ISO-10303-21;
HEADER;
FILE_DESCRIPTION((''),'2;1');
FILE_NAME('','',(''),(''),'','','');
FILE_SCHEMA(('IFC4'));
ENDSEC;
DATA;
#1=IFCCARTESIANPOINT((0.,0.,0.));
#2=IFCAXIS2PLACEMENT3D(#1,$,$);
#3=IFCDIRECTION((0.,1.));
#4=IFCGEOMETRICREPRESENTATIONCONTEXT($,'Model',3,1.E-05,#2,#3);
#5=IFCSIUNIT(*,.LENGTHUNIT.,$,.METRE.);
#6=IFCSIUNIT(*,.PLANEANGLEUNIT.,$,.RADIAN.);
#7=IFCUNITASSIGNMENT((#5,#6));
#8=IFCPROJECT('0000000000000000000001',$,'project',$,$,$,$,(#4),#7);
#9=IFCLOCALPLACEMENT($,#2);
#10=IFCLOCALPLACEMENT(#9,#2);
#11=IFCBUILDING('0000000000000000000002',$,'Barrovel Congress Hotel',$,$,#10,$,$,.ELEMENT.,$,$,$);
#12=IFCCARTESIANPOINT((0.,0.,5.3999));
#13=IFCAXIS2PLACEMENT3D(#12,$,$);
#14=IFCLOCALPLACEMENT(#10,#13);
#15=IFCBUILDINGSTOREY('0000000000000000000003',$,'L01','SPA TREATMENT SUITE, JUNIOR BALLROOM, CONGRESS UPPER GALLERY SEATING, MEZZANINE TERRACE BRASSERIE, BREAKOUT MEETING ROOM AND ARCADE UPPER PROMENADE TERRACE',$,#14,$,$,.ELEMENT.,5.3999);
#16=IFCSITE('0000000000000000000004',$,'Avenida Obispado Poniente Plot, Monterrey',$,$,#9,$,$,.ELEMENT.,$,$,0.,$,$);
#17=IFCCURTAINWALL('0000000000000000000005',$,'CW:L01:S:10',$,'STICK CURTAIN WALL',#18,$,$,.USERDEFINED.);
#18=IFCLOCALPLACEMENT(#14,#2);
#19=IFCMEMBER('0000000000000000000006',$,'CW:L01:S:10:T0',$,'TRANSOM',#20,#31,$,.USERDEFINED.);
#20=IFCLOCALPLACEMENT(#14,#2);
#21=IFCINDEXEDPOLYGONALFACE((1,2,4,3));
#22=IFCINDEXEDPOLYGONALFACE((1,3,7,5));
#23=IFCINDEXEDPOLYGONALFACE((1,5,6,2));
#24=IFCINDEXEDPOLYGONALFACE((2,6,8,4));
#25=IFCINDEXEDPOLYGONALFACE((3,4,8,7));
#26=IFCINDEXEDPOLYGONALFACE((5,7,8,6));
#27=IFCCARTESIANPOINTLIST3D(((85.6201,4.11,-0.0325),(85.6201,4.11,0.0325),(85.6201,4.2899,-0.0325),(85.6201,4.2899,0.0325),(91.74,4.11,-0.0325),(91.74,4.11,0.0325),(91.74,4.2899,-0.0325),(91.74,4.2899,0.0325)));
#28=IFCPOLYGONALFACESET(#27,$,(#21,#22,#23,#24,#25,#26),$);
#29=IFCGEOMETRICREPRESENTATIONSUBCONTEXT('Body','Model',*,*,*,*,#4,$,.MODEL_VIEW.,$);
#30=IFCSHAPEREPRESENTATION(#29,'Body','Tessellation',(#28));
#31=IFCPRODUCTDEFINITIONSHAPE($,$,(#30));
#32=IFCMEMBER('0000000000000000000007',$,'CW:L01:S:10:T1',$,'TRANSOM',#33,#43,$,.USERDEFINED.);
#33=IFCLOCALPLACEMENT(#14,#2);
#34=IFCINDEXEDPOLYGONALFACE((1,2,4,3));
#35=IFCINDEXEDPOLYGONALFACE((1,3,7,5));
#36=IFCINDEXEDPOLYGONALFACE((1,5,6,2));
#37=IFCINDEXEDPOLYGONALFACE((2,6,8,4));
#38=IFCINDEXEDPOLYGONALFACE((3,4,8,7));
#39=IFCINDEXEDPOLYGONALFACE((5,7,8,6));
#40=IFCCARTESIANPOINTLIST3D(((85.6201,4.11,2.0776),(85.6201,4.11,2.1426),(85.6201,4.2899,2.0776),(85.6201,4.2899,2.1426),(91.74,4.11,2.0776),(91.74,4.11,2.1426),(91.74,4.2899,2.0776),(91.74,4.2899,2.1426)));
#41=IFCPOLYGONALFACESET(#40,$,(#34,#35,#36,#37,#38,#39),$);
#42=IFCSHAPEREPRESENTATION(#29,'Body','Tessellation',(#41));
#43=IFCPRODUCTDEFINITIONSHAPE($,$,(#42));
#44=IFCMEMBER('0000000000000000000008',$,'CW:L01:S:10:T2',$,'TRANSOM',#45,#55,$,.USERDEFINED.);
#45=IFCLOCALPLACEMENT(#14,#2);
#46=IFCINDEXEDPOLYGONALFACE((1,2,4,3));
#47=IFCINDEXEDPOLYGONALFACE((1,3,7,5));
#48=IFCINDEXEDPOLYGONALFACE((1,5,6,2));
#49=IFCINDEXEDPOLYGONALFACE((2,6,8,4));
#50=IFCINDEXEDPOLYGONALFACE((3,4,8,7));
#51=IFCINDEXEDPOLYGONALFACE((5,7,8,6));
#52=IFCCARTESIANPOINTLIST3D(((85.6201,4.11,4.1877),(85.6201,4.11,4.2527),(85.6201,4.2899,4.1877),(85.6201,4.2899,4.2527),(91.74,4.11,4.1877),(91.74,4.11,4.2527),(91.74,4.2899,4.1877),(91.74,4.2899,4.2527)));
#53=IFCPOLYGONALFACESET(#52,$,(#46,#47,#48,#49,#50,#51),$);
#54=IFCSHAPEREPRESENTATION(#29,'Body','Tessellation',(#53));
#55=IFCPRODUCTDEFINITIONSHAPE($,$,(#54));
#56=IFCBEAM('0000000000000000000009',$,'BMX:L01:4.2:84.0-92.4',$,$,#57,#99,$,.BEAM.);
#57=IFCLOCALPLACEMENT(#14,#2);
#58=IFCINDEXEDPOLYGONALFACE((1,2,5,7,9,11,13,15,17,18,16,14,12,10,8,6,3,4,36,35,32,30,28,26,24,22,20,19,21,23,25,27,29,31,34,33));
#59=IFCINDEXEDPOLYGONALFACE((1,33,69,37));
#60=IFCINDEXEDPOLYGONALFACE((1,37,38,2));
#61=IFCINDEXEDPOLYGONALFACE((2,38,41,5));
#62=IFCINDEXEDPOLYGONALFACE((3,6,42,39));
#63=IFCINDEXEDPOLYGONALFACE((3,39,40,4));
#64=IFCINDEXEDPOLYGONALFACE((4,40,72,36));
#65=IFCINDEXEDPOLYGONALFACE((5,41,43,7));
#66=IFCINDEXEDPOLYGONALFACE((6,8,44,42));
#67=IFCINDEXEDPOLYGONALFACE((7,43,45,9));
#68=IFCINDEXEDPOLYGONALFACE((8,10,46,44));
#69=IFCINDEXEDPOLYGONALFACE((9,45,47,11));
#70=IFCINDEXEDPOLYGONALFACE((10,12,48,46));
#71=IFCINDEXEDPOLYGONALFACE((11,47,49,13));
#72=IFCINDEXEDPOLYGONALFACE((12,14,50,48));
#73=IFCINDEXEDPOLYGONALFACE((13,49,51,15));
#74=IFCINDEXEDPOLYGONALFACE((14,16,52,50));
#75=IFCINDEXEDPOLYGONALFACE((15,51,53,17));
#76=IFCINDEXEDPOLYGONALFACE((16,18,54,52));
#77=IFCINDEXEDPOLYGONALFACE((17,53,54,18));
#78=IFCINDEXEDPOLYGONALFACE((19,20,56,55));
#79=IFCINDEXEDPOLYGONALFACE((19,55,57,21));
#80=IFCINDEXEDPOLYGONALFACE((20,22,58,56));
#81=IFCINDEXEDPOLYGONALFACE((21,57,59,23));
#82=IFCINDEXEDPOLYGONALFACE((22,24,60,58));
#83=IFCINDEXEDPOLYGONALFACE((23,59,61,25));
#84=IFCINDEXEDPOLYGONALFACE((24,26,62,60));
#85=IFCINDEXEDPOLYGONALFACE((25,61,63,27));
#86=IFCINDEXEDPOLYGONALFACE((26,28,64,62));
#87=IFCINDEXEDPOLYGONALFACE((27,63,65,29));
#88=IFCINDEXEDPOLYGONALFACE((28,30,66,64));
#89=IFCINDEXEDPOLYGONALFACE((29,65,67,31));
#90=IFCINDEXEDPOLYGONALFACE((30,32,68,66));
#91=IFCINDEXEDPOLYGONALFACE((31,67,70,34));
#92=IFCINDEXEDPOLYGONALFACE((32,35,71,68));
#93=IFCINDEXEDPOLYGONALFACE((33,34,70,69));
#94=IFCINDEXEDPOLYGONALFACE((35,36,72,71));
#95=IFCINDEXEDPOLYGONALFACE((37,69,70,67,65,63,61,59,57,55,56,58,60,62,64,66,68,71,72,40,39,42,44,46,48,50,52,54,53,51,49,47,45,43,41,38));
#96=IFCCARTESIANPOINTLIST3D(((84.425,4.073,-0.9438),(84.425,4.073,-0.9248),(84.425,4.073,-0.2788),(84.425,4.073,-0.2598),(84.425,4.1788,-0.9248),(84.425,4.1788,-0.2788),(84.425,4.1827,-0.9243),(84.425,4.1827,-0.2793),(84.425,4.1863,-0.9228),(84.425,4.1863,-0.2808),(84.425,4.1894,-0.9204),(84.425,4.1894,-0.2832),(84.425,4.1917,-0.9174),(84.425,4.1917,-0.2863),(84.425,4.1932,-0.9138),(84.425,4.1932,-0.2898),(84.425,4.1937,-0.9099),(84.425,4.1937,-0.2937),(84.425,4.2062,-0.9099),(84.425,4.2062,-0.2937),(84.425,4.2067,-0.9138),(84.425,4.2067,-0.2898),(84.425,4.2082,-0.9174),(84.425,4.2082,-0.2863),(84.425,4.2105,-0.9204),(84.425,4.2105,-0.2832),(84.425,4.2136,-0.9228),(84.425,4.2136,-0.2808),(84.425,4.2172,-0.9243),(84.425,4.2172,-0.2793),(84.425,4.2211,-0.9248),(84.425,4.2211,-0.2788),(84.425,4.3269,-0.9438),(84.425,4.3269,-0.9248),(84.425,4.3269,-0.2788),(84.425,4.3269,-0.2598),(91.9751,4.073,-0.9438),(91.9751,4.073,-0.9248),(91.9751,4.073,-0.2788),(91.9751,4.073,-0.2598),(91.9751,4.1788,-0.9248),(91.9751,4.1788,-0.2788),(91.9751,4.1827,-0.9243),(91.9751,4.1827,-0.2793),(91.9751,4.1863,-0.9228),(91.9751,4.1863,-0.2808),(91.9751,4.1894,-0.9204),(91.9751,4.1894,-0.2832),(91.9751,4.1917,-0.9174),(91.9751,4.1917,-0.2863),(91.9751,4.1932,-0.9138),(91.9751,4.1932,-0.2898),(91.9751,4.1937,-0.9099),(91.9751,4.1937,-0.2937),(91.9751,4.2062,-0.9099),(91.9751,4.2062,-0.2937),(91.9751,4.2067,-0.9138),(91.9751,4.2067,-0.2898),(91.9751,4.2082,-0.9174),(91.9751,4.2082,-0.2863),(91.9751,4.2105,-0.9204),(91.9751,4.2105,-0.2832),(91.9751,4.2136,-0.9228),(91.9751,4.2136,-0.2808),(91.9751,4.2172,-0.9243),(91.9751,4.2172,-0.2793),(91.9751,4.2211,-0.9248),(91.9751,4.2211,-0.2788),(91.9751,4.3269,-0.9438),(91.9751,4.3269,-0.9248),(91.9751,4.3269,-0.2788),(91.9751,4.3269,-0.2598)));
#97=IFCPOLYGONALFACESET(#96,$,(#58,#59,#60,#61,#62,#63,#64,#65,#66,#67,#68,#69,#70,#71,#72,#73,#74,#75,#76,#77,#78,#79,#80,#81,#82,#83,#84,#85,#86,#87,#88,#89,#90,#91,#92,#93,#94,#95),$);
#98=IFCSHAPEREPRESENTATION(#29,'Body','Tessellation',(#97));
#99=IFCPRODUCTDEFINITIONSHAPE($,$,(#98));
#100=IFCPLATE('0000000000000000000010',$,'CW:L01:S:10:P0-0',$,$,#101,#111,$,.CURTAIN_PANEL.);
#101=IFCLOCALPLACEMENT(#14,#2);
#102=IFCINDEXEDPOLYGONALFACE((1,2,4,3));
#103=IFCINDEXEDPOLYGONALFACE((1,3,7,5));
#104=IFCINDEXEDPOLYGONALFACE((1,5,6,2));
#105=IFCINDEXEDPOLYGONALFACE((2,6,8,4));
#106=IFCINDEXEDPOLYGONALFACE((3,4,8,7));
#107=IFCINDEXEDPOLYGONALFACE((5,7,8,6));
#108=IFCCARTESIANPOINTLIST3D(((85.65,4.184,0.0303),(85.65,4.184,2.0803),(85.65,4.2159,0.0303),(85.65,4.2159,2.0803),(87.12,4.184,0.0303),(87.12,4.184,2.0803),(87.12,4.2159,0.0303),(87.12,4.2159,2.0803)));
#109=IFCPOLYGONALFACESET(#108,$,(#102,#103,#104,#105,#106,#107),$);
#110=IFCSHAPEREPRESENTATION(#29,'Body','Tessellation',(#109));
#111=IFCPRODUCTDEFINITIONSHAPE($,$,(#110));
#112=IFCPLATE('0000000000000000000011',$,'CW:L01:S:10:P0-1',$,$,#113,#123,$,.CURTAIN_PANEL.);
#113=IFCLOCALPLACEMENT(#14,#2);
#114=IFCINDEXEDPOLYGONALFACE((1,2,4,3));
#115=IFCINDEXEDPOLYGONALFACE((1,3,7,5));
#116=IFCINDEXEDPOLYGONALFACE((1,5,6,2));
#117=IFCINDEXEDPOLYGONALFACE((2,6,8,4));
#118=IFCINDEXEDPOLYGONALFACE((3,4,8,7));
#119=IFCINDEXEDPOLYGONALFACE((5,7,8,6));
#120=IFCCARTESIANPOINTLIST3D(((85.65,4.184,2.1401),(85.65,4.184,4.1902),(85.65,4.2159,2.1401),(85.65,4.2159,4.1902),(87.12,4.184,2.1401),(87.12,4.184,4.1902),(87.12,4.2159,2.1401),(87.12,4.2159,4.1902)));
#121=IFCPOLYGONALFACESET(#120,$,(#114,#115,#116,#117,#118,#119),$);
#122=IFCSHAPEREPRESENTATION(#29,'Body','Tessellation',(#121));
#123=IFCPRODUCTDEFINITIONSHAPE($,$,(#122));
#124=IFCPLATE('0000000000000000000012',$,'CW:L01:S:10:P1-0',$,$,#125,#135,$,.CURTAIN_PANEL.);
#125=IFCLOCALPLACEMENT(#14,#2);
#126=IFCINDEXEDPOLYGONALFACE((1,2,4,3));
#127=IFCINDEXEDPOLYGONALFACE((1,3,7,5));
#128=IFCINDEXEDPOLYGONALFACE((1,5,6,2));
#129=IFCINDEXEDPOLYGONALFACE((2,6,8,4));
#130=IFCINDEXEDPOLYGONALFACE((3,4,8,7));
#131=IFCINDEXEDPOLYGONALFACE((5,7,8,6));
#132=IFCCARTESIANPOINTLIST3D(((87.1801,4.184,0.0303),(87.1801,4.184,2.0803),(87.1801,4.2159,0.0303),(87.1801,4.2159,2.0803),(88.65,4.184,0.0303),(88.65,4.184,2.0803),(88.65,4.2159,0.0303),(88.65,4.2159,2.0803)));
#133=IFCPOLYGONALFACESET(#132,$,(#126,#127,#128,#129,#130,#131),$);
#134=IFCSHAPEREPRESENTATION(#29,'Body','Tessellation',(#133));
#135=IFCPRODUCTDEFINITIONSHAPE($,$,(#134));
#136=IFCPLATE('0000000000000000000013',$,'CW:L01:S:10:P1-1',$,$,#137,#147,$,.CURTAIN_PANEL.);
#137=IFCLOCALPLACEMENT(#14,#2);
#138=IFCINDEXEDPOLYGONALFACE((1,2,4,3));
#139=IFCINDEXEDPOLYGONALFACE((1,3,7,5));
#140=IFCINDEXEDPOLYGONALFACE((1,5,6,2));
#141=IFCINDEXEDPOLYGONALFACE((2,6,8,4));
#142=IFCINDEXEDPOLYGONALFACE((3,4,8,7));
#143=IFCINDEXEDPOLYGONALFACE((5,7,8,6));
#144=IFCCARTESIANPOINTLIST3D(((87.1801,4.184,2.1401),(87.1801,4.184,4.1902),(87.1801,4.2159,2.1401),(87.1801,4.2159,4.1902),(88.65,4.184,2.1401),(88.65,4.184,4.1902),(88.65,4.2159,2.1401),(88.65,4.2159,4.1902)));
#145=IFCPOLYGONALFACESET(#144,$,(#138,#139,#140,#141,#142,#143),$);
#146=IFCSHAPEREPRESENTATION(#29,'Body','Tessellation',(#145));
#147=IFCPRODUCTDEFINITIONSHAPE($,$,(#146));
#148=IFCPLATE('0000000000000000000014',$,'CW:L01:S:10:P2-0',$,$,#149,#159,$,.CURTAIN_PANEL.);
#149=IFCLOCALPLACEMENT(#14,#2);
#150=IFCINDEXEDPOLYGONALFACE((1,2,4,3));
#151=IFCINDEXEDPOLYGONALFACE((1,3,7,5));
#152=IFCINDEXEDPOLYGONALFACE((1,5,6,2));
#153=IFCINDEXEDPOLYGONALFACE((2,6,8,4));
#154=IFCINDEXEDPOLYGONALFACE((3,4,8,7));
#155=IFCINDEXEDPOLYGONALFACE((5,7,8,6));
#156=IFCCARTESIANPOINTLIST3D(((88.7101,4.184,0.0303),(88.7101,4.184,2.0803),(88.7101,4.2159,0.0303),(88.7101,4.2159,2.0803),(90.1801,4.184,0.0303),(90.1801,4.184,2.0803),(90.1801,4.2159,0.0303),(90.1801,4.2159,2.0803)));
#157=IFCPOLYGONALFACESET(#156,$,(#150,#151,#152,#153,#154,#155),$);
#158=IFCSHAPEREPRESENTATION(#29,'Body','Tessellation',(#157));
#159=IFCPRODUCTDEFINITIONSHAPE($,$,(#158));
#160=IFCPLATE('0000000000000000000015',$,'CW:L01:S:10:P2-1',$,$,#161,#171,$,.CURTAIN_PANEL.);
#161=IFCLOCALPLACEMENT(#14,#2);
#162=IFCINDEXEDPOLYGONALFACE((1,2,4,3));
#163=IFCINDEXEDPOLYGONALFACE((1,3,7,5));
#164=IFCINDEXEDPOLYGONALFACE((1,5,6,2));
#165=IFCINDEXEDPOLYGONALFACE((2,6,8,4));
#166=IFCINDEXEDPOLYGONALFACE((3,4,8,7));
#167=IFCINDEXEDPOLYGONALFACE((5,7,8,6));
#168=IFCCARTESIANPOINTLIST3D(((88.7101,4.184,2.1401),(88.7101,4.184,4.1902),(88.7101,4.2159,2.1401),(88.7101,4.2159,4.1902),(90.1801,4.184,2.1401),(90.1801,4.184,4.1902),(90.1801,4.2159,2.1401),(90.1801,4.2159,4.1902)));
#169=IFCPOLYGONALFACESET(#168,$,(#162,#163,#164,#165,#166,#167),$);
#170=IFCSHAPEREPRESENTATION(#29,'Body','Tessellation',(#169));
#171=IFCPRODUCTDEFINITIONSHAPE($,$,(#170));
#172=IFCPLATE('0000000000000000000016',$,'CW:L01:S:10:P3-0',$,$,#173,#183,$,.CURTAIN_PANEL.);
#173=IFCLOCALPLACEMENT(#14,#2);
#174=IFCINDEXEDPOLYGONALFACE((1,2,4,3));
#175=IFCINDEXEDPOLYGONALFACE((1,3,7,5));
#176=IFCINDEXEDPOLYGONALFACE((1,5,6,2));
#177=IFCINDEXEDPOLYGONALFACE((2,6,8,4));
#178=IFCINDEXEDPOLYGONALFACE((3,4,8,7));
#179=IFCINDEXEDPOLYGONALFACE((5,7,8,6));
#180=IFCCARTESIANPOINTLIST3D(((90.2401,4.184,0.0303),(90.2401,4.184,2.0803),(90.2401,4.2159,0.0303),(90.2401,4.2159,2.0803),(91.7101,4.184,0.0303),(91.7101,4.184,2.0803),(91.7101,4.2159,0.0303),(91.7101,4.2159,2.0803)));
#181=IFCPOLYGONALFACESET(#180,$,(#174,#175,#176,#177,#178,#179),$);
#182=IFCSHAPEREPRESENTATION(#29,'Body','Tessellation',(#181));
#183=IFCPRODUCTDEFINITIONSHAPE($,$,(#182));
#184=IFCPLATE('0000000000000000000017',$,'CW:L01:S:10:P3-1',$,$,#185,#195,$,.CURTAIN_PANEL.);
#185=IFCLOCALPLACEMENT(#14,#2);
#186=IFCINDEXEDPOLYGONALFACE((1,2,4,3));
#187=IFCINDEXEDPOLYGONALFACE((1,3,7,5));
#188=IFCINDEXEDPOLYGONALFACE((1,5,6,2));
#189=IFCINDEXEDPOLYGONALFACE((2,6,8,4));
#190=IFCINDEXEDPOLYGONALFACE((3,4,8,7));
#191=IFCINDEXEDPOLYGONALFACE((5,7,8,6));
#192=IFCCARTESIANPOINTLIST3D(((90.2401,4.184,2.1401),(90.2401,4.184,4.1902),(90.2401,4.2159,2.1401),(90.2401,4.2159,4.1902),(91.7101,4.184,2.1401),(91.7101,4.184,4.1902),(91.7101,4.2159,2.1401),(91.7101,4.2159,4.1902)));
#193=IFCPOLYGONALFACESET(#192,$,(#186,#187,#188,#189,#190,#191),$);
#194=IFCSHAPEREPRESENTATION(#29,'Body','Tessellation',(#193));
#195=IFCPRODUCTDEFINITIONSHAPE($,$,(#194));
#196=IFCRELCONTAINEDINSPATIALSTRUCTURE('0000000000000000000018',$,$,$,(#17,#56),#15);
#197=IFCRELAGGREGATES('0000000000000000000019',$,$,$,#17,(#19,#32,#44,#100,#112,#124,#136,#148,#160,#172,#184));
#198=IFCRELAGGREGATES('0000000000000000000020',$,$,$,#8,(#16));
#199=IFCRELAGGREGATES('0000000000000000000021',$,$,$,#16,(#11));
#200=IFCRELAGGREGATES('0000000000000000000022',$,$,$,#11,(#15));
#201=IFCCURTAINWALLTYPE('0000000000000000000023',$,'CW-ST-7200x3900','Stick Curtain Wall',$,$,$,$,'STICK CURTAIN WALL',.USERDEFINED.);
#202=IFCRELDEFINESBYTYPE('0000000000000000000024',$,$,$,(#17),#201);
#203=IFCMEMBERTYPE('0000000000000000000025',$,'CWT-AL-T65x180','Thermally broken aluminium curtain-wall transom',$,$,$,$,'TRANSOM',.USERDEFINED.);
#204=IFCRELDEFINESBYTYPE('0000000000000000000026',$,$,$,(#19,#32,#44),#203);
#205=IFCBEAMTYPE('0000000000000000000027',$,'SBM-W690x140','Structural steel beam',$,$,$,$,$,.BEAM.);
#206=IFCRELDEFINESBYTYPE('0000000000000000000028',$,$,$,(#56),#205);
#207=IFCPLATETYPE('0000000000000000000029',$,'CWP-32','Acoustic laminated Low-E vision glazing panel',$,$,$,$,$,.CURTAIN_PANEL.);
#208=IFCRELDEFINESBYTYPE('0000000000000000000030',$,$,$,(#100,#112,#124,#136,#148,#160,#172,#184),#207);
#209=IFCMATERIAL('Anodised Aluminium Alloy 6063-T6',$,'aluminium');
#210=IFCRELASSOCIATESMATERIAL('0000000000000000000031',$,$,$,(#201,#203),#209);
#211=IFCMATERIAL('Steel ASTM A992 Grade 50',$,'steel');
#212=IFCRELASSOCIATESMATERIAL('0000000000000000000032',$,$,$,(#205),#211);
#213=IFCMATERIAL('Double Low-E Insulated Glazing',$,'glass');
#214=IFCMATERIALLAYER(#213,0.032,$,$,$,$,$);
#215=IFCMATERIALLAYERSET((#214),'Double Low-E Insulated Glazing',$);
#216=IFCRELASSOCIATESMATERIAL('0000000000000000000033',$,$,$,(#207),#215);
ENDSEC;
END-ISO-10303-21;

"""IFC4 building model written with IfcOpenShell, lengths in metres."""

from ifc_helpers import new_model, si_unit, direction, frame, origin, origin_2d, place, context, subcontext, project, spatial, rectangle, i_section, extrude, material, layer, layer_set, material_profile, profile_set, type_object, element, aggregate, save


model = new_model("IFC4")

# Units and contexts
model_context = context("Model", 3, precision=1e-05, world=origin(), true_north=direction((0.0, 1.0)))
body_context = subcontext(model_context, "Body", "Model", "MODEL_VIEW")
ifc_project = project(units=[si_unit("LENGTHUNIT", "METRE"), si_unit("PLANEANGLEUNIT", "RADIAN")], contexts=[model_context])

# Site, building, storey
site_placement = place(None, origin())
site = spatial("IfcSite", under=ifc_project, at=site_placement, Name="Avenida Obispado Poniente Plot, Monterrey", CompositionType="ELEMENT", RefElevation=0.0)
building_placement = place(site_placement, origin())
building = spatial("IfcBuilding", under=site, at=building_placement, Name="Barrovel Congress Hotel", CompositionType="ELEMENT")
storey_placement = place(building_placement, frame((0.0, 0.0, 5.3999)))
storey = spatial("IfcBuildingStorey", under=building, at=storey_placement, Name="L01", Description="SPA TREATMENT SUITE, JUNIOR BALLROOM, CONGRESS UPPER GALLERY SEATING, MEZZANINE TERRACE BRASSERIE, BREAKOUT MEETING ROOM AND ARCADE UPPER PROMENADE TERRACE", CompositionType="ELEMENT", Elevation=5.3999)

# Curtain wall, members
ifc_material_1 = material(Name="Anodised Aluminium Alloy 6063-T6", Category="aluminium")
curtain_wall_type = type_object("IfcCurtainWallType", Name="CW-ST-7200x3900", Description="Stick Curtain Wall", ElementType="STICK CURTAIN WALL", PredefinedType="USERDEFINED", material=ifc_material_1)
curtain_wall_placement = place(storey_placement, origin())
curtain_wall = element("IfcCurtainWall", 1, at=curtain_wall_placement, inside=storey, type_object=curtain_wall_type, Name="CW:L01:S:10", ObjectType="STICK CURTAIN WALL", PredefinedType="USERDEFINED")
ifc_material_profile_1 = material_profile(ifc_material_1, rectangle(XDim=0.1799, YDim=0.0649, at=origin_2d()), Name="AL-T65x180")
ifc_profile_set_1 = profile_set([ifc_material_profile_1], Name="Anodised Aluminium Alloy 6063-T6")
member_type_1 = type_object("IfcMemberType", Name="CWT-AL-T65x180", Description="Thermally broken aluminium curtain-wall transom", ElementType="TRANSOM", PredefinedType="USERDEFINED", material=ifc_profile_set_1)
member_1_placement = place(storey_placement, frame((85.6201, 4.2, 0.0), z_axis=(1.0, 0.0, 0.0), x_axis=(0.0, 1.0, 0.0)))
member_1 = element("IfcMember", 2, at=member_1_placement, type_object=member_type_1, Name="CW:L01:S:10:T0", ObjectType="TRANSOM", PredefinedType="USERDEFINED", context=body_context, shape_type="SweptSolid", body=[
    extrude(rectangle(XDim=0.1799, YDim=0.0649, at=origin_2d()), origin(), (0.0, 0.0, 1.0), 6.1199),
])
member_2_placement = place(storey_placement, frame((85.6201, 4.2, 2.1101), z_axis=(1.0, 0.0, 0.0), x_axis=(0.0, 1.0, 0.0)))
member_2 = element("IfcMember", 3, at=member_2_placement, type_object=member_type_1, Name="CW:L01:S:10:T1", ObjectType="TRANSOM", PredefinedType="USERDEFINED", context=body_context, shape_type="SweptSolid", body=[
    extrude(rectangle(XDim=0.1799, YDim=0.0649, at=origin_2d()), origin(), (0.0, 0.0, 1.0), 6.1199),
])
member_3_placement = place(storey_placement, frame((85.6201, 4.2, 4.2202), z_axis=(1.0, 0.0, 0.0), x_axis=(0.0, 1.0, 0.0)))
member_3 = element("IfcMember", 4, at=member_3_placement, type_object=member_type_1, Name="CW:L01:S:10:T2", ObjectType="TRANSOM", PredefinedType="USERDEFINED", context=body_context, shape_type="SweptSolid", body=[
    extrude(rectangle(XDim=0.1799, YDim=0.0649, at=origin_2d()), origin(), (0.0, 0.0, 1.0), 6.1199),
])

# Beam
ifc_material_2 = material(Name="Steel ASTM A992 Grade 50", Category="steel")
ifc_material_profile_2 = material_profile(ifc_material_2, i_section(OverallWidth=0.2539, OverallDepth=0.6841, WebThickness=0.0125, FlangeThickness=0.019, FilletRadius=0.0149, at=origin_2d()), Name="W690x140")
ifc_profile_set_2 = profile_set([ifc_material_profile_2], Name="Steel ASTM A992 Grade 50")
beam_type_1 = type_object("IfcBeamType", Name="SBM-W690x140", Description="Structural steel beam", PredefinedType="BEAM", material=ifc_profile_set_2)
beam_1_placement = place(storey_placement, frame((84.425, 4.2, -0.6018), z_axis=(1.0, 0.0, 0.0), x_axis=(0.0, 1.0, 0.0)))
element("IfcBeam", 5, at=beam_1_placement, inside=storey, type_object=beam_type_1, Name="BMX:L01:4.2:84.0-92.4", PredefinedType="BEAM", context=body_context, shape_type="SweptSolid", body=[
    extrude(i_section(OverallWidth=0.2539, OverallDepth=0.6841, WebThickness=0.0125, FlangeThickness=0.019, FilletRadius=0.0149, at=origin_2d()), origin(), (0.0, 0.0, 1.0), 7.55),
])

# Plates
ifc_material_3 = material(Name="Double Low-E Insulated Glazing", Category="glass")
ifc_layer_1 = layer(ifc_material_3, 0.032)
ifc_layer_set_1 = layer_set([ifc_layer_1], Name="Double Low-E Insulated Glazing")
plate_type = type_object("IfcPlateType", Name="CWP-32", Description="Acoustic laminated Low-E vision glazing panel", PredefinedType="CURTAIN_PANEL", material=ifc_layer_set_1)
plate_1_placement = place(storey_placement, frame((86.385, 4.2, 0.0303), z_axis=(0.0, 0.0, 1.0), x_axis=(1.0, 0.0, 0.0)))
plate_1 = element("IfcPlate", 6, at=plate_1_placement, type_object=plate_type, Name="CW:L01:S:10:P0-0", PredefinedType="CURTAIN_PANEL", context=body_context, shape_type="SweptSolid", body=[
    extrude(rectangle(XDim=1.47, YDim=0.032, at=origin_2d()), origin(), (0.0, 0.0, 1.0), 2.05),
])
plate_2_placement = place(storey_placement, frame((86.385, 4.2, 2.1401), z_axis=(0.0, 0.0, 1.0), x_axis=(1.0, 0.0, 0.0)))
plate_2 = element("IfcPlate", 7, at=plate_2_placement, type_object=plate_type, Name="CW:L01:S:10:P0-1", PredefinedType="CURTAIN_PANEL", context=body_context, shape_type="SweptSolid", body=[
    extrude(rectangle(XDim=1.47, YDim=0.032, at=origin_2d()), origin(), (0.0, 0.0, 1.0), 2.05),
])
plate_3_placement = place(storey_placement, frame((87.915, 4.2, 0.0303), z_axis=(0.0, 0.0, 1.0), x_axis=(1.0, 0.0, 0.0)))
plate_3 = element("IfcPlate", 8, at=plate_3_placement, type_object=plate_type, Name="CW:L01:S:10:P1-0", PredefinedType="CURTAIN_PANEL", context=body_context, shape_type="SweptSolid", body=[
    extrude(rectangle(XDim=1.47, YDim=0.032, at=origin_2d()), origin(), (0.0, 0.0, 1.0), 2.05),
])
plate_4_placement = place(storey_placement, frame((87.915, 4.2, 2.1401), z_axis=(0.0, 0.0, 1.0), x_axis=(1.0, 0.0, 0.0)))
plate_4 = element("IfcPlate", 9, at=plate_4_placement, type_object=plate_type, Name="CW:L01:S:10:P1-1", PredefinedType="CURTAIN_PANEL", context=body_context, shape_type="SweptSolid", body=[
    extrude(rectangle(XDim=1.47, YDim=0.032, at=origin_2d()), origin(), (0.0, 0.0, 1.0), 2.05),
])
plate_5_placement = place(storey_placement, frame((89.4451, 4.2, 0.0303), z_axis=(0.0, 0.0, 1.0), x_axis=(1.0, 0.0, 0.0)))
plate_5 = element("IfcPlate", 10, at=plate_5_placement, type_object=plate_type, Name="CW:L01:S:10:P2-0", PredefinedType="CURTAIN_PANEL", context=body_context, shape_type="SweptSolid", body=[
    extrude(rectangle(XDim=1.47, YDim=0.032, at=origin_2d()), origin(), (0.0, 0.0, 1.0), 2.05),
])
plate_6_placement = place(storey_placement, frame((89.4451, 4.2, 2.1401), z_axis=(0.0, 0.0, 1.0), x_axis=(1.0, 0.0, 0.0)))
plate_6 = element("IfcPlate", 11, at=plate_6_placement, type_object=plate_type, Name="CW:L01:S:10:P2-1", PredefinedType="CURTAIN_PANEL", context=body_context, shape_type="SweptSolid", body=[
    extrude(rectangle(XDim=1.47, YDim=0.032, at=origin_2d()), origin(), (0.0, 0.0, 1.0), 2.05),
])
plate_7_placement = place(storey_placement, frame((90.9751, 4.2, 0.0303), z_axis=(0.0, 0.0, 1.0), x_axis=(1.0, 0.0, 0.0)))
plate_7 = element("IfcPlate", 12, at=plate_7_placement, type_object=plate_type, Name="CW:L01:S:10:P3-0", PredefinedType="CURTAIN_PANEL", context=body_context, shape_type="SweptSolid", body=[
    extrude(rectangle(XDim=1.47, YDim=0.032, at=origin_2d()), origin(), (0.0, 0.0, 1.0), 2.05),
])
plate_8_placement = place(storey_placement, frame((90.9751, 4.2, 2.1401), z_axis=(0.0, 0.0, 1.0), x_axis=(1.0, 0.0, 0.0)))
plate_8 = element("IfcPlate", 13, at=plate_8_placement, type_object=plate_type, Name="CW:L01:S:10:P3-1", PredefinedType="CURTAIN_PANEL", context=body_context, shape_type="SweptSolid", body=[
    extrude(rectangle(XDim=1.47, YDim=0.032, at=origin_2d()), origin(), (0.0, 0.0, 1.0), 2.05),
])
aggregate(curtain_wall, [member_1, member_2, member_3, plate_1, plate_2, plate_3, plate_4, plate_5, plate_6, plate_7, plate_8])

save(model, "model.ifc")
